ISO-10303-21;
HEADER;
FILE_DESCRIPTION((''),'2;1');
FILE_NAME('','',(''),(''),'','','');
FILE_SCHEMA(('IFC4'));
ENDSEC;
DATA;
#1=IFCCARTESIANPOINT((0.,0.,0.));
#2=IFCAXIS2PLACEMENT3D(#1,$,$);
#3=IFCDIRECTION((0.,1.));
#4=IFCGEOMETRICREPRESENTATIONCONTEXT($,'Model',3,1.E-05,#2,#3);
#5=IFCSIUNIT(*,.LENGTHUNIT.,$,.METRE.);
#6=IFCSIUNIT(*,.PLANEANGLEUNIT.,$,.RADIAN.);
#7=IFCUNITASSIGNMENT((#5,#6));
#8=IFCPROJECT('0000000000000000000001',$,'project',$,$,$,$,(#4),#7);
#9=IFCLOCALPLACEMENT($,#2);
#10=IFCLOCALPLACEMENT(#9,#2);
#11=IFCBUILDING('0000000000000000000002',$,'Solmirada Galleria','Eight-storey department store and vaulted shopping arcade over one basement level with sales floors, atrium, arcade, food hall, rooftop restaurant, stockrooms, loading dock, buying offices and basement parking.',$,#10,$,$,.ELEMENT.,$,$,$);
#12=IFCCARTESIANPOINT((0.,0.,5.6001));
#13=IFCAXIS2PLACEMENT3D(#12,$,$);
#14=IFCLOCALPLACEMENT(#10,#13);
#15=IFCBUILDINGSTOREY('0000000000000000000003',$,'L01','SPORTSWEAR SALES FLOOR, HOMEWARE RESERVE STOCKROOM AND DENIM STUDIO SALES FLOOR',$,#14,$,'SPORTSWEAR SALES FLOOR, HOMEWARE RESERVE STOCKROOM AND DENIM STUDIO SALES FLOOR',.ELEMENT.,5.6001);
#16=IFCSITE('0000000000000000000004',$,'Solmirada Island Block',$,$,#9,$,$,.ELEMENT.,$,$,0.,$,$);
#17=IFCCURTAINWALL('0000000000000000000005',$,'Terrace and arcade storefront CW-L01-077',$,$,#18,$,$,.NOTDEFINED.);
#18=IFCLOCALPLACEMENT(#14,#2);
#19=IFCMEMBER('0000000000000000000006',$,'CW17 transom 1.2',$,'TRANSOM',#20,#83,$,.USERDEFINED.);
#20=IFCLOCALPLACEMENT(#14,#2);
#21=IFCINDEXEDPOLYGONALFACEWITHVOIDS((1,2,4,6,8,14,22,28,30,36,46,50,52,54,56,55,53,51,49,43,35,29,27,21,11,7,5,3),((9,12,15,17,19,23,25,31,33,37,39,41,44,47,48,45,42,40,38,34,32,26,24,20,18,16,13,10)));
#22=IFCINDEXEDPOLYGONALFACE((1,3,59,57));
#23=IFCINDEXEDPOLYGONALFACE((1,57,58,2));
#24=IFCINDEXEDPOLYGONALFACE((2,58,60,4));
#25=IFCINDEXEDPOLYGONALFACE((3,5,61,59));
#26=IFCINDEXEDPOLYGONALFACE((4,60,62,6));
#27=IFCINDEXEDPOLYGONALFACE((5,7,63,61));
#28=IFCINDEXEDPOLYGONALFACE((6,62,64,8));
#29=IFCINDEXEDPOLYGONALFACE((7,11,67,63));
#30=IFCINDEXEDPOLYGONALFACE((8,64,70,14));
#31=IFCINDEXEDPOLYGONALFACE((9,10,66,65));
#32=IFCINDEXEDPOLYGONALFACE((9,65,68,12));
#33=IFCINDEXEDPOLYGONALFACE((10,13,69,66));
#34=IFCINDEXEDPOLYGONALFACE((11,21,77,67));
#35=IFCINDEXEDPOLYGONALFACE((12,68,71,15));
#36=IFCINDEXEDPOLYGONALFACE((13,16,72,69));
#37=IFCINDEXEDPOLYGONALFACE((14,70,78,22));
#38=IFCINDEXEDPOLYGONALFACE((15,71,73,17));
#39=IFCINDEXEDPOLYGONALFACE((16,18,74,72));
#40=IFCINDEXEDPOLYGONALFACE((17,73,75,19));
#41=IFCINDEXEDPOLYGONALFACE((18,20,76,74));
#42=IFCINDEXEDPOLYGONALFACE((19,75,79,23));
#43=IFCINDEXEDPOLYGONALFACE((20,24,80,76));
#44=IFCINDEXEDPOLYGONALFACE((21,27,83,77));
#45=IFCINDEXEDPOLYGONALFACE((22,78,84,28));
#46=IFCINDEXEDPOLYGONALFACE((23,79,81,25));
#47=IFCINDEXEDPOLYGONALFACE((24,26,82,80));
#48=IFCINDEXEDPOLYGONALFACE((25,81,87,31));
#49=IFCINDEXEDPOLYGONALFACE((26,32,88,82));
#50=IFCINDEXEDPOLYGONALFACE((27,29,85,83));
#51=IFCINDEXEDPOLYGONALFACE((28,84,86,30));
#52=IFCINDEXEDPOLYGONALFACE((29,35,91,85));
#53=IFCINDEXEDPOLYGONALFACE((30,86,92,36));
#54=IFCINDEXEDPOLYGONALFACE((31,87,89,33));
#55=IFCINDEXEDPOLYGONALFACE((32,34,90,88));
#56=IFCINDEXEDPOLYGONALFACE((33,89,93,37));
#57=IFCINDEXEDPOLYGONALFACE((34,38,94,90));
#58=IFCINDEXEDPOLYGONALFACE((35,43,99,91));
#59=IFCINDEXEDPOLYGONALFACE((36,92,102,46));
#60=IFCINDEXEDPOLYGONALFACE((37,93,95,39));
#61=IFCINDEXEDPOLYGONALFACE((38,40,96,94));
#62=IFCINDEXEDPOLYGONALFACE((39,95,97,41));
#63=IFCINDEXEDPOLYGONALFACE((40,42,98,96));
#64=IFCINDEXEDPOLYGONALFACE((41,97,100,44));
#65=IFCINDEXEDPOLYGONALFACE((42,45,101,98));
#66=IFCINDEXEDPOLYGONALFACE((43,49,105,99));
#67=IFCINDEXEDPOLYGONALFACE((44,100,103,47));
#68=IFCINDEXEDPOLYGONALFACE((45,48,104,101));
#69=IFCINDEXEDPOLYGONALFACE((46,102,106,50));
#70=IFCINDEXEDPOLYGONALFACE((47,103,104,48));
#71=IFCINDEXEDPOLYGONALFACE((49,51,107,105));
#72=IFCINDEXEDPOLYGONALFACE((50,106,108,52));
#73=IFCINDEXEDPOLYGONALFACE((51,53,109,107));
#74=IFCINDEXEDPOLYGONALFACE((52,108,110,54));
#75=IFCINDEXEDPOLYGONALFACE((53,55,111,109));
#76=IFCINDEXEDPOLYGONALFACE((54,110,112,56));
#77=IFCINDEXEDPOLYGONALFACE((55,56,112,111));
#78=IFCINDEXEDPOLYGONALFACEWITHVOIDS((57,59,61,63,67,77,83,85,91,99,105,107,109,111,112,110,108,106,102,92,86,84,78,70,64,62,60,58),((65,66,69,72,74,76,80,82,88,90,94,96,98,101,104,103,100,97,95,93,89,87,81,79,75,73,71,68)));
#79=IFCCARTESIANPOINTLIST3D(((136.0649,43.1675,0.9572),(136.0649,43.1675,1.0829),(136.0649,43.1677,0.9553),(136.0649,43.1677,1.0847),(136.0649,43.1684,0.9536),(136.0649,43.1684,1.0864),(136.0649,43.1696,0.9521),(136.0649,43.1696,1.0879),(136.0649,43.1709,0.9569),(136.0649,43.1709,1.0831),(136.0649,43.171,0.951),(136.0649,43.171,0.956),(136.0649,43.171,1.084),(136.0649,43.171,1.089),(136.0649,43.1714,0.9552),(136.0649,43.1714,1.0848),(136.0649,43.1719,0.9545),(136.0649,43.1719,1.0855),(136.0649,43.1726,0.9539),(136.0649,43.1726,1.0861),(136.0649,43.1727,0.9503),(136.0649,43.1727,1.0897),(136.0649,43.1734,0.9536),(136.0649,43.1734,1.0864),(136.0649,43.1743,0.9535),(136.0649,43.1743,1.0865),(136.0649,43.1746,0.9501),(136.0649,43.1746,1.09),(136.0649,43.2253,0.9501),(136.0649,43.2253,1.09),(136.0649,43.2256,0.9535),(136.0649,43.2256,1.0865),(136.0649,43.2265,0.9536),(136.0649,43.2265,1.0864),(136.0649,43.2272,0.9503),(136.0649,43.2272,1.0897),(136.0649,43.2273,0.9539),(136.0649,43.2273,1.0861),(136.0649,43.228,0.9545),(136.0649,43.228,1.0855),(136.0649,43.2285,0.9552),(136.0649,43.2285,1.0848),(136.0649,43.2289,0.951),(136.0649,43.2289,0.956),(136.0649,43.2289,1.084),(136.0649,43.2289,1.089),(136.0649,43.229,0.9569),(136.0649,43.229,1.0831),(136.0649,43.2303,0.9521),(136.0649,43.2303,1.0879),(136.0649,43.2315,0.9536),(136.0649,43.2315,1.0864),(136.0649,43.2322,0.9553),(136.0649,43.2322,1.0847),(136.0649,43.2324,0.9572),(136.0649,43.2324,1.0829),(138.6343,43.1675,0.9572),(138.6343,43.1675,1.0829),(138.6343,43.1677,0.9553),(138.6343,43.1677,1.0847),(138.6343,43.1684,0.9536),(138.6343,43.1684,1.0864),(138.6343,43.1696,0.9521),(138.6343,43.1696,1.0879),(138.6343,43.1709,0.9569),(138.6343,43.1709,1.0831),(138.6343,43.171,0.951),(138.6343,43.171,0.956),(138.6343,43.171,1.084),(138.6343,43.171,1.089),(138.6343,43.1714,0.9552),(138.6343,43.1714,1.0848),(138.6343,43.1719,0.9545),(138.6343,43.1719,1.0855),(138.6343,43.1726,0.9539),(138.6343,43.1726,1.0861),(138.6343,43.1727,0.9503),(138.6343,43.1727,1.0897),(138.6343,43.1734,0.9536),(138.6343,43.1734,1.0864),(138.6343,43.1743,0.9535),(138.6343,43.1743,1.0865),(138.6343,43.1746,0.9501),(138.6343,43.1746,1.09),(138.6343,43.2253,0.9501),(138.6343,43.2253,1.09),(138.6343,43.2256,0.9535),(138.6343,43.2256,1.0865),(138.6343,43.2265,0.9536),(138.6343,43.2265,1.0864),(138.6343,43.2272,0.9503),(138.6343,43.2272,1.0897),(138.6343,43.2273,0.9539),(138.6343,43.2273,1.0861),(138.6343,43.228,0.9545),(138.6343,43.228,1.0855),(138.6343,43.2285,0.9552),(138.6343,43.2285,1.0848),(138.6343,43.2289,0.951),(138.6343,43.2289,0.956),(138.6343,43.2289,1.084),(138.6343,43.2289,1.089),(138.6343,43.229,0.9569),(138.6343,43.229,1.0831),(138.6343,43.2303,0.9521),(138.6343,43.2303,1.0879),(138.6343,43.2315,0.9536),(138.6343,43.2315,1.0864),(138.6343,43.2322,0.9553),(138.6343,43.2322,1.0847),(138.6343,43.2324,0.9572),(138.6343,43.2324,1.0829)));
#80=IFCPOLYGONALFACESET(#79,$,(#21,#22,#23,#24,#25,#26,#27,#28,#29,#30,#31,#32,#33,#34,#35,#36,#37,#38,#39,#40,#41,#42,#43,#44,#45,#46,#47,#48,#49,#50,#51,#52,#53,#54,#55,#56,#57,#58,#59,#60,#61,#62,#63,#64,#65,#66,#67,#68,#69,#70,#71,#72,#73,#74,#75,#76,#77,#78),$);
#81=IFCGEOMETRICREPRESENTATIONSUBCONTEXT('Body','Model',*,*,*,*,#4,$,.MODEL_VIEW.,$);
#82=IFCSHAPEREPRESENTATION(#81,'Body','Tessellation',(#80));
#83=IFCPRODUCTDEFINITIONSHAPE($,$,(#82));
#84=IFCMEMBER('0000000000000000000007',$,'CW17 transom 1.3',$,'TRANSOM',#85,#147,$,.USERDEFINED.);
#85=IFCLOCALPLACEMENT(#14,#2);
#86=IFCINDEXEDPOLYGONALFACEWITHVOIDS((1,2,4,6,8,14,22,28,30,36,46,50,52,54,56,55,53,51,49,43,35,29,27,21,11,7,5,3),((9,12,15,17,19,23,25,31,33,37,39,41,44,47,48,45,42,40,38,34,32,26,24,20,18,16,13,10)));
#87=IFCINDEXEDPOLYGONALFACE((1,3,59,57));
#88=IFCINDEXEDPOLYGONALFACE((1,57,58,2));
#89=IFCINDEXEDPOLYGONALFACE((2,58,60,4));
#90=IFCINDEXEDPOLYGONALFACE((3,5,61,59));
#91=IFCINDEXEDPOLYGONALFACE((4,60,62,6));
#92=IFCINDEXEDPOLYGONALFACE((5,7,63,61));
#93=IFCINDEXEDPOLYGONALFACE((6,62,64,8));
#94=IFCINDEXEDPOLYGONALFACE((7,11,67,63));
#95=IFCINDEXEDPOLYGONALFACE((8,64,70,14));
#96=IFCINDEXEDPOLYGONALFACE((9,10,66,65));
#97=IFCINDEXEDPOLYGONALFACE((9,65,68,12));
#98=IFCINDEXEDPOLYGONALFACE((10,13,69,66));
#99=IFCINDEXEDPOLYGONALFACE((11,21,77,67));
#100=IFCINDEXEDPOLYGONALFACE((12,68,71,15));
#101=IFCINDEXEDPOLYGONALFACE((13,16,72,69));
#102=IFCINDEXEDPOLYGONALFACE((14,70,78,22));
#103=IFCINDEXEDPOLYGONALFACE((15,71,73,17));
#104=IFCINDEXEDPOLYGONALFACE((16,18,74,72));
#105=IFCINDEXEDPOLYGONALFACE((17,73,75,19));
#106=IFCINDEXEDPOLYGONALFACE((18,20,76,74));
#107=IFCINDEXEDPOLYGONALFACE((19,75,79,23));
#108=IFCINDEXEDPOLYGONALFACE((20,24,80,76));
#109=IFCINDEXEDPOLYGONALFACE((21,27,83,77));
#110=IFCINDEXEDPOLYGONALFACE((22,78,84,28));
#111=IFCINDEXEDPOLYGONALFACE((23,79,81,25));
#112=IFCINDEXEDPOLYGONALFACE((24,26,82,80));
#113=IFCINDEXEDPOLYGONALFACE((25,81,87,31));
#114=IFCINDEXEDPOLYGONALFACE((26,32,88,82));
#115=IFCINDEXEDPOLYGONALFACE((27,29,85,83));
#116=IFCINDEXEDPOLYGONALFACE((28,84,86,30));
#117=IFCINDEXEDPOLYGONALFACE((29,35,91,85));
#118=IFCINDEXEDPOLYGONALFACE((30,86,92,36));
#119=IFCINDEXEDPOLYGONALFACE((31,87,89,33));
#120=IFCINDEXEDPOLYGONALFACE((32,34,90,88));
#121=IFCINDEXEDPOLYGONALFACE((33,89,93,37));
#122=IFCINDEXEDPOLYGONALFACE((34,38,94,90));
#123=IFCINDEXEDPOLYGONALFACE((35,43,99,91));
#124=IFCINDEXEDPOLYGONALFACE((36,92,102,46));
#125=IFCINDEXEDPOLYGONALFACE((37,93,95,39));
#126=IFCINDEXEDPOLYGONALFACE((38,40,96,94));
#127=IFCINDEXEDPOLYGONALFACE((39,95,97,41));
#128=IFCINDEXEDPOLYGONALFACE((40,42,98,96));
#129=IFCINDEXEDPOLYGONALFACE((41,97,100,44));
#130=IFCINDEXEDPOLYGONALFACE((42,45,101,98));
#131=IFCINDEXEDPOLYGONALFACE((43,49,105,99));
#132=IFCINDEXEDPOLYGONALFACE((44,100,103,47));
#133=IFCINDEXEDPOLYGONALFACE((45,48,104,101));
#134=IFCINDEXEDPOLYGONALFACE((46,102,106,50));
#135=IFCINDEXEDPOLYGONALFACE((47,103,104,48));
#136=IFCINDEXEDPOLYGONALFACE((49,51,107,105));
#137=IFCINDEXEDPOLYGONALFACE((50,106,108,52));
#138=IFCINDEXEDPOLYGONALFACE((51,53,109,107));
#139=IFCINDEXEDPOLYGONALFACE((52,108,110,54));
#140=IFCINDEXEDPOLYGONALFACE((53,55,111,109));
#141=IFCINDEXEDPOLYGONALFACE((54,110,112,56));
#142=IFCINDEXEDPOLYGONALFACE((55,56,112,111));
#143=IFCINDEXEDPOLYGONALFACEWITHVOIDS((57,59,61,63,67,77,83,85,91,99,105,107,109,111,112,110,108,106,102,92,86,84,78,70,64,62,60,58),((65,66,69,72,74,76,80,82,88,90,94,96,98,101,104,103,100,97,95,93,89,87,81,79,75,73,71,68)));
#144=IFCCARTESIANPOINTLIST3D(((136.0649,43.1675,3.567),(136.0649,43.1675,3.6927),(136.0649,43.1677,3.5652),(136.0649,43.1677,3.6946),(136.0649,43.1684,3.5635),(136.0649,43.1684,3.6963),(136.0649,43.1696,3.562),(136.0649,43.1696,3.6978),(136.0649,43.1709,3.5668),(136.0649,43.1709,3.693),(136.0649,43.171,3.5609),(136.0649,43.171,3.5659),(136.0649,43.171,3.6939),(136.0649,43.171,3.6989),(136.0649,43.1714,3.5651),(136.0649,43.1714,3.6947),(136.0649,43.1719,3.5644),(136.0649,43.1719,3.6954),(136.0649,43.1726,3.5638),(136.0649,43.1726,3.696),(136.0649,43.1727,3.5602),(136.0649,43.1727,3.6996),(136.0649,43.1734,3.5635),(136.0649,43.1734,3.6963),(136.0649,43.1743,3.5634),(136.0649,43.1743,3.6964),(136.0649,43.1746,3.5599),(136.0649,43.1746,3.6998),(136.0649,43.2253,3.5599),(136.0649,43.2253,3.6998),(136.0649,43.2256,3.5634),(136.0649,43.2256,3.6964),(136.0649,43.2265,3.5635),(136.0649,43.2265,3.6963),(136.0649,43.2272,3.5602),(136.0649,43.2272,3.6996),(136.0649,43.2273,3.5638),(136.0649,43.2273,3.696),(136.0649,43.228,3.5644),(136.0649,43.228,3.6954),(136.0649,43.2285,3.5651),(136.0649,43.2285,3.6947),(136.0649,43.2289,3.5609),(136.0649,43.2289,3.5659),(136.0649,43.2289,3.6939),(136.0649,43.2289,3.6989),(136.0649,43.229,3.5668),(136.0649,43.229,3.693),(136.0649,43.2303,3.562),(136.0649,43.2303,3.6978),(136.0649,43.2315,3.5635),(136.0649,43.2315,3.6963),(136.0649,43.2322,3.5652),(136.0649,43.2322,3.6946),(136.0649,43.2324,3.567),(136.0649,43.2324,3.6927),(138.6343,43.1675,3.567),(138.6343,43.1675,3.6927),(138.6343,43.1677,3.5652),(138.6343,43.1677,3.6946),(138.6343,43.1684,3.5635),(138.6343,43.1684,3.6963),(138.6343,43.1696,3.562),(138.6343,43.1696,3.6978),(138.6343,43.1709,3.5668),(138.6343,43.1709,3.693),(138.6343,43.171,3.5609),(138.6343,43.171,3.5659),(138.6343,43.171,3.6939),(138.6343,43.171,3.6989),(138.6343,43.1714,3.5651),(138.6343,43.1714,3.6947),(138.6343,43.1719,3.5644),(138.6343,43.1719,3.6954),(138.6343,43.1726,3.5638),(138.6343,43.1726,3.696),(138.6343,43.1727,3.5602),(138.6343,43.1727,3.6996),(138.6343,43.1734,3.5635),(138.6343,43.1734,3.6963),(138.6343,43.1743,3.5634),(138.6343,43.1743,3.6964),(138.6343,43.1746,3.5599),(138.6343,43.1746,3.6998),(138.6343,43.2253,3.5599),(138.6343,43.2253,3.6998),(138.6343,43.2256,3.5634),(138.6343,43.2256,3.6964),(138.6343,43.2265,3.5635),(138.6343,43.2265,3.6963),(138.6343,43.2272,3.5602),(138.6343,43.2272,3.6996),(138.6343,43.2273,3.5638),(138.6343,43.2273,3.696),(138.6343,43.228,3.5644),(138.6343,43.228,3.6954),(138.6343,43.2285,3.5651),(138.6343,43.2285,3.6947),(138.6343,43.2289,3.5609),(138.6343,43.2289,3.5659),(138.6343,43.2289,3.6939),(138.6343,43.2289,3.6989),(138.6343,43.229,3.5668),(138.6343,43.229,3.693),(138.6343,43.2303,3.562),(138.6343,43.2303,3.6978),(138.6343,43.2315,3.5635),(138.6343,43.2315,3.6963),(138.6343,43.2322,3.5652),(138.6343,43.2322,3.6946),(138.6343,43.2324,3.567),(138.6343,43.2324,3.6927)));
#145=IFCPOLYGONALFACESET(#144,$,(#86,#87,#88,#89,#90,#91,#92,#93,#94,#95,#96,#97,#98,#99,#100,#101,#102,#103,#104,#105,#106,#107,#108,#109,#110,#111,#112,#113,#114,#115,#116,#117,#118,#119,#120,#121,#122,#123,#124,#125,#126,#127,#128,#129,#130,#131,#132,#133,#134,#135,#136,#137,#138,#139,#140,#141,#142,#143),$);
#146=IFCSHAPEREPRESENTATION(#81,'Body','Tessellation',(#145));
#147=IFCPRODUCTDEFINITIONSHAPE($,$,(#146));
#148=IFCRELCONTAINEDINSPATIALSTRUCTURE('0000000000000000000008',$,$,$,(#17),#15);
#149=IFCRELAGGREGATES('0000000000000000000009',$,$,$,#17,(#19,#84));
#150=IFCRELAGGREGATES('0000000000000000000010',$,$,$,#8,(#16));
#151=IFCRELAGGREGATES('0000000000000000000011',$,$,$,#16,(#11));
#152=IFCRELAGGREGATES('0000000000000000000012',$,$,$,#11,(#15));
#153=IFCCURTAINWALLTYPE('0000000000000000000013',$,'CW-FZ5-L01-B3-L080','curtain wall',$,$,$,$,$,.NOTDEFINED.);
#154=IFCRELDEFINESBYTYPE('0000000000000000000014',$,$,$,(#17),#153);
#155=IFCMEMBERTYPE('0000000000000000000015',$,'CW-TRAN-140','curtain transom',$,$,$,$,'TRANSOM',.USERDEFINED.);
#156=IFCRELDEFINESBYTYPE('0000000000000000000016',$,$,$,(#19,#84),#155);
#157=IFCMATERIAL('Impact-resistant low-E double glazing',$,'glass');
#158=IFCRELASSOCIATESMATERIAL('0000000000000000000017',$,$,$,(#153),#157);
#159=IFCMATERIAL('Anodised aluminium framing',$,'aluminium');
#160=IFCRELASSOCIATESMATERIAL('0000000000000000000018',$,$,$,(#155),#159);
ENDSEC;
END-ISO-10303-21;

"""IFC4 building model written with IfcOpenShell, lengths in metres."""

from ifc_helpers import new_model, si_unit, direction, frame, origin, origin_2d, place, context, subcontext, project, spatial, hollow_rectangle, extrude, material, material_profile, profile_set, type_object, element, aggregate, save


model = new_model("IFC4")

# Units and contexts
model_context = context("Model", 3, precision=1e-05, world=origin(), true_north=direction((0.0, 1.0)))
body_context = subcontext(model_context, "Body", "Model", "MODEL_VIEW")
ifc_project = project(units=[si_unit("LENGTHUNIT", "METRE"), si_unit("PLANEANGLEUNIT", "RADIAN")], contexts=[model_context])

# Site, building, storey
site_placement = place(None, origin())
site = spatial("IfcSite", under=ifc_project, at=site_placement, Name="Solmirada Island Block", CompositionType="ELEMENT", RefElevation=0.0)
building_placement = place(site_placement, origin())
building = spatial("IfcBuilding", under=site, at=building_placement, Name="Solmirada Galleria", Description="Eight-storey department store and vaulted shopping arcade over one basement level with sales floors, atrium, arcade, food hall, rooftop restaurant, stockrooms, loading dock, buying offices and basement parking.", CompositionType="ELEMENT")
storey_placement = place(building_placement, frame((0.0, 0.0, 5.6001)))
storey = spatial("IfcBuildingStorey", under=building, at=storey_placement, Name="L01", Description="SPORTSWEAR SALES FLOOR, HOMEWARE RESERVE STOCKROOM AND DENIM STUDIO SALES FLOOR", LongName="SPORTSWEAR SALES FLOOR, HOMEWARE RESERVE STOCKROOM AND DENIM STUDIO SALES FLOOR", CompositionType="ELEMENT", Elevation=5.6001)

# Shared definitions
ifc_material_1 = material(Name="Impact-resistant low-E double glazing", Category="glass")
curtain_wall_type = type_object("IfcCurtainWallType", Name="CW-FZ5-L01-B3-L080", Description="curtain wall", PredefinedType="NOTDEFINED", material=ifc_material_1)
ifc_material_2 = material(Name="Anodised aluminium framing", Category="aluminium")

# Curtain wall
curtain_wall_1_placement = place(storey_placement, origin())
curtain_wall_1 = element("IfcCurtainWall", 1, at=curtain_wall_1_placement, inside=storey, type_object=curtain_wall_type, Name="Terrace and arcade storefront CW-L01-077", PredefinedType="NOTDEFINED")

# Members
ifc_material_profile_1 = material_profile(ifc_material_2, hollow_rectangle(XDim=0.0649, YDim=0.1399, WallThickness=0.0034, InnerFilletRadius=0.0034, OuterFilletRadius=0.0071, at=origin_2d()), Name="ALU-TRAN-140X65")
ifc_profile_set_1 = profile_set([ifc_material_profile_1], Name="Anodised aluminium framing")
member_type_1 = type_object("IfcMemberType", Name="CW-TRAN-140", Description="curtain transom", ElementType="TRANSOM", PredefinedType="USERDEFINED", material=ifc_profile_set_1)
member_1_placement = place(storey_placement, frame((136.0649, 43.2, 1.02), z_axis=(1.0, 0.0, 0.0), x_axis=(0.0, 1.0, 0.0)))
member_1 = element("IfcMember", 2, at=member_1_placement, type_object=member_type_1, Name="CW17 transom 1.2", ObjectType="TRANSOM", PredefinedType="USERDEFINED", context=body_context, shape_type="SweptSolid", body=[
    extrude(hollow_rectangle(XDim=0.0649, YDim=0.1399, WallThickness=0.0034, InnerFilletRadius=0.0034, OuterFilletRadius=0.0071, at=origin_2d()), origin(), (0.0, 0.0, 1.0), 2.5693),
])
member_2_placement = place(storey_placement, frame((136.0649, 43.2, 3.6299), z_axis=(1.0, 0.0, 0.0), x_axis=(0.0, 1.0, 0.0)))
member_2 = element("IfcMember", 3, at=member_2_placement, type_object=member_type_1, Name="CW17 transom 1.3", ObjectType="TRANSOM", PredefinedType="USERDEFINED", context=body_context, shape_type="SweptSolid", body=[
    extrude(hollow_rectangle(XDim=0.0649, YDim=0.1399, WallThickness=0.0034, InnerFilletRadius=0.0034, OuterFilletRadius=0.0071, at=origin_2d()), origin(), (0.0, 0.0, 1.0), 2.5693),
])
aggregate(curtain_wall_1, [member_1, member_2])

save(model, "model.ifc")
